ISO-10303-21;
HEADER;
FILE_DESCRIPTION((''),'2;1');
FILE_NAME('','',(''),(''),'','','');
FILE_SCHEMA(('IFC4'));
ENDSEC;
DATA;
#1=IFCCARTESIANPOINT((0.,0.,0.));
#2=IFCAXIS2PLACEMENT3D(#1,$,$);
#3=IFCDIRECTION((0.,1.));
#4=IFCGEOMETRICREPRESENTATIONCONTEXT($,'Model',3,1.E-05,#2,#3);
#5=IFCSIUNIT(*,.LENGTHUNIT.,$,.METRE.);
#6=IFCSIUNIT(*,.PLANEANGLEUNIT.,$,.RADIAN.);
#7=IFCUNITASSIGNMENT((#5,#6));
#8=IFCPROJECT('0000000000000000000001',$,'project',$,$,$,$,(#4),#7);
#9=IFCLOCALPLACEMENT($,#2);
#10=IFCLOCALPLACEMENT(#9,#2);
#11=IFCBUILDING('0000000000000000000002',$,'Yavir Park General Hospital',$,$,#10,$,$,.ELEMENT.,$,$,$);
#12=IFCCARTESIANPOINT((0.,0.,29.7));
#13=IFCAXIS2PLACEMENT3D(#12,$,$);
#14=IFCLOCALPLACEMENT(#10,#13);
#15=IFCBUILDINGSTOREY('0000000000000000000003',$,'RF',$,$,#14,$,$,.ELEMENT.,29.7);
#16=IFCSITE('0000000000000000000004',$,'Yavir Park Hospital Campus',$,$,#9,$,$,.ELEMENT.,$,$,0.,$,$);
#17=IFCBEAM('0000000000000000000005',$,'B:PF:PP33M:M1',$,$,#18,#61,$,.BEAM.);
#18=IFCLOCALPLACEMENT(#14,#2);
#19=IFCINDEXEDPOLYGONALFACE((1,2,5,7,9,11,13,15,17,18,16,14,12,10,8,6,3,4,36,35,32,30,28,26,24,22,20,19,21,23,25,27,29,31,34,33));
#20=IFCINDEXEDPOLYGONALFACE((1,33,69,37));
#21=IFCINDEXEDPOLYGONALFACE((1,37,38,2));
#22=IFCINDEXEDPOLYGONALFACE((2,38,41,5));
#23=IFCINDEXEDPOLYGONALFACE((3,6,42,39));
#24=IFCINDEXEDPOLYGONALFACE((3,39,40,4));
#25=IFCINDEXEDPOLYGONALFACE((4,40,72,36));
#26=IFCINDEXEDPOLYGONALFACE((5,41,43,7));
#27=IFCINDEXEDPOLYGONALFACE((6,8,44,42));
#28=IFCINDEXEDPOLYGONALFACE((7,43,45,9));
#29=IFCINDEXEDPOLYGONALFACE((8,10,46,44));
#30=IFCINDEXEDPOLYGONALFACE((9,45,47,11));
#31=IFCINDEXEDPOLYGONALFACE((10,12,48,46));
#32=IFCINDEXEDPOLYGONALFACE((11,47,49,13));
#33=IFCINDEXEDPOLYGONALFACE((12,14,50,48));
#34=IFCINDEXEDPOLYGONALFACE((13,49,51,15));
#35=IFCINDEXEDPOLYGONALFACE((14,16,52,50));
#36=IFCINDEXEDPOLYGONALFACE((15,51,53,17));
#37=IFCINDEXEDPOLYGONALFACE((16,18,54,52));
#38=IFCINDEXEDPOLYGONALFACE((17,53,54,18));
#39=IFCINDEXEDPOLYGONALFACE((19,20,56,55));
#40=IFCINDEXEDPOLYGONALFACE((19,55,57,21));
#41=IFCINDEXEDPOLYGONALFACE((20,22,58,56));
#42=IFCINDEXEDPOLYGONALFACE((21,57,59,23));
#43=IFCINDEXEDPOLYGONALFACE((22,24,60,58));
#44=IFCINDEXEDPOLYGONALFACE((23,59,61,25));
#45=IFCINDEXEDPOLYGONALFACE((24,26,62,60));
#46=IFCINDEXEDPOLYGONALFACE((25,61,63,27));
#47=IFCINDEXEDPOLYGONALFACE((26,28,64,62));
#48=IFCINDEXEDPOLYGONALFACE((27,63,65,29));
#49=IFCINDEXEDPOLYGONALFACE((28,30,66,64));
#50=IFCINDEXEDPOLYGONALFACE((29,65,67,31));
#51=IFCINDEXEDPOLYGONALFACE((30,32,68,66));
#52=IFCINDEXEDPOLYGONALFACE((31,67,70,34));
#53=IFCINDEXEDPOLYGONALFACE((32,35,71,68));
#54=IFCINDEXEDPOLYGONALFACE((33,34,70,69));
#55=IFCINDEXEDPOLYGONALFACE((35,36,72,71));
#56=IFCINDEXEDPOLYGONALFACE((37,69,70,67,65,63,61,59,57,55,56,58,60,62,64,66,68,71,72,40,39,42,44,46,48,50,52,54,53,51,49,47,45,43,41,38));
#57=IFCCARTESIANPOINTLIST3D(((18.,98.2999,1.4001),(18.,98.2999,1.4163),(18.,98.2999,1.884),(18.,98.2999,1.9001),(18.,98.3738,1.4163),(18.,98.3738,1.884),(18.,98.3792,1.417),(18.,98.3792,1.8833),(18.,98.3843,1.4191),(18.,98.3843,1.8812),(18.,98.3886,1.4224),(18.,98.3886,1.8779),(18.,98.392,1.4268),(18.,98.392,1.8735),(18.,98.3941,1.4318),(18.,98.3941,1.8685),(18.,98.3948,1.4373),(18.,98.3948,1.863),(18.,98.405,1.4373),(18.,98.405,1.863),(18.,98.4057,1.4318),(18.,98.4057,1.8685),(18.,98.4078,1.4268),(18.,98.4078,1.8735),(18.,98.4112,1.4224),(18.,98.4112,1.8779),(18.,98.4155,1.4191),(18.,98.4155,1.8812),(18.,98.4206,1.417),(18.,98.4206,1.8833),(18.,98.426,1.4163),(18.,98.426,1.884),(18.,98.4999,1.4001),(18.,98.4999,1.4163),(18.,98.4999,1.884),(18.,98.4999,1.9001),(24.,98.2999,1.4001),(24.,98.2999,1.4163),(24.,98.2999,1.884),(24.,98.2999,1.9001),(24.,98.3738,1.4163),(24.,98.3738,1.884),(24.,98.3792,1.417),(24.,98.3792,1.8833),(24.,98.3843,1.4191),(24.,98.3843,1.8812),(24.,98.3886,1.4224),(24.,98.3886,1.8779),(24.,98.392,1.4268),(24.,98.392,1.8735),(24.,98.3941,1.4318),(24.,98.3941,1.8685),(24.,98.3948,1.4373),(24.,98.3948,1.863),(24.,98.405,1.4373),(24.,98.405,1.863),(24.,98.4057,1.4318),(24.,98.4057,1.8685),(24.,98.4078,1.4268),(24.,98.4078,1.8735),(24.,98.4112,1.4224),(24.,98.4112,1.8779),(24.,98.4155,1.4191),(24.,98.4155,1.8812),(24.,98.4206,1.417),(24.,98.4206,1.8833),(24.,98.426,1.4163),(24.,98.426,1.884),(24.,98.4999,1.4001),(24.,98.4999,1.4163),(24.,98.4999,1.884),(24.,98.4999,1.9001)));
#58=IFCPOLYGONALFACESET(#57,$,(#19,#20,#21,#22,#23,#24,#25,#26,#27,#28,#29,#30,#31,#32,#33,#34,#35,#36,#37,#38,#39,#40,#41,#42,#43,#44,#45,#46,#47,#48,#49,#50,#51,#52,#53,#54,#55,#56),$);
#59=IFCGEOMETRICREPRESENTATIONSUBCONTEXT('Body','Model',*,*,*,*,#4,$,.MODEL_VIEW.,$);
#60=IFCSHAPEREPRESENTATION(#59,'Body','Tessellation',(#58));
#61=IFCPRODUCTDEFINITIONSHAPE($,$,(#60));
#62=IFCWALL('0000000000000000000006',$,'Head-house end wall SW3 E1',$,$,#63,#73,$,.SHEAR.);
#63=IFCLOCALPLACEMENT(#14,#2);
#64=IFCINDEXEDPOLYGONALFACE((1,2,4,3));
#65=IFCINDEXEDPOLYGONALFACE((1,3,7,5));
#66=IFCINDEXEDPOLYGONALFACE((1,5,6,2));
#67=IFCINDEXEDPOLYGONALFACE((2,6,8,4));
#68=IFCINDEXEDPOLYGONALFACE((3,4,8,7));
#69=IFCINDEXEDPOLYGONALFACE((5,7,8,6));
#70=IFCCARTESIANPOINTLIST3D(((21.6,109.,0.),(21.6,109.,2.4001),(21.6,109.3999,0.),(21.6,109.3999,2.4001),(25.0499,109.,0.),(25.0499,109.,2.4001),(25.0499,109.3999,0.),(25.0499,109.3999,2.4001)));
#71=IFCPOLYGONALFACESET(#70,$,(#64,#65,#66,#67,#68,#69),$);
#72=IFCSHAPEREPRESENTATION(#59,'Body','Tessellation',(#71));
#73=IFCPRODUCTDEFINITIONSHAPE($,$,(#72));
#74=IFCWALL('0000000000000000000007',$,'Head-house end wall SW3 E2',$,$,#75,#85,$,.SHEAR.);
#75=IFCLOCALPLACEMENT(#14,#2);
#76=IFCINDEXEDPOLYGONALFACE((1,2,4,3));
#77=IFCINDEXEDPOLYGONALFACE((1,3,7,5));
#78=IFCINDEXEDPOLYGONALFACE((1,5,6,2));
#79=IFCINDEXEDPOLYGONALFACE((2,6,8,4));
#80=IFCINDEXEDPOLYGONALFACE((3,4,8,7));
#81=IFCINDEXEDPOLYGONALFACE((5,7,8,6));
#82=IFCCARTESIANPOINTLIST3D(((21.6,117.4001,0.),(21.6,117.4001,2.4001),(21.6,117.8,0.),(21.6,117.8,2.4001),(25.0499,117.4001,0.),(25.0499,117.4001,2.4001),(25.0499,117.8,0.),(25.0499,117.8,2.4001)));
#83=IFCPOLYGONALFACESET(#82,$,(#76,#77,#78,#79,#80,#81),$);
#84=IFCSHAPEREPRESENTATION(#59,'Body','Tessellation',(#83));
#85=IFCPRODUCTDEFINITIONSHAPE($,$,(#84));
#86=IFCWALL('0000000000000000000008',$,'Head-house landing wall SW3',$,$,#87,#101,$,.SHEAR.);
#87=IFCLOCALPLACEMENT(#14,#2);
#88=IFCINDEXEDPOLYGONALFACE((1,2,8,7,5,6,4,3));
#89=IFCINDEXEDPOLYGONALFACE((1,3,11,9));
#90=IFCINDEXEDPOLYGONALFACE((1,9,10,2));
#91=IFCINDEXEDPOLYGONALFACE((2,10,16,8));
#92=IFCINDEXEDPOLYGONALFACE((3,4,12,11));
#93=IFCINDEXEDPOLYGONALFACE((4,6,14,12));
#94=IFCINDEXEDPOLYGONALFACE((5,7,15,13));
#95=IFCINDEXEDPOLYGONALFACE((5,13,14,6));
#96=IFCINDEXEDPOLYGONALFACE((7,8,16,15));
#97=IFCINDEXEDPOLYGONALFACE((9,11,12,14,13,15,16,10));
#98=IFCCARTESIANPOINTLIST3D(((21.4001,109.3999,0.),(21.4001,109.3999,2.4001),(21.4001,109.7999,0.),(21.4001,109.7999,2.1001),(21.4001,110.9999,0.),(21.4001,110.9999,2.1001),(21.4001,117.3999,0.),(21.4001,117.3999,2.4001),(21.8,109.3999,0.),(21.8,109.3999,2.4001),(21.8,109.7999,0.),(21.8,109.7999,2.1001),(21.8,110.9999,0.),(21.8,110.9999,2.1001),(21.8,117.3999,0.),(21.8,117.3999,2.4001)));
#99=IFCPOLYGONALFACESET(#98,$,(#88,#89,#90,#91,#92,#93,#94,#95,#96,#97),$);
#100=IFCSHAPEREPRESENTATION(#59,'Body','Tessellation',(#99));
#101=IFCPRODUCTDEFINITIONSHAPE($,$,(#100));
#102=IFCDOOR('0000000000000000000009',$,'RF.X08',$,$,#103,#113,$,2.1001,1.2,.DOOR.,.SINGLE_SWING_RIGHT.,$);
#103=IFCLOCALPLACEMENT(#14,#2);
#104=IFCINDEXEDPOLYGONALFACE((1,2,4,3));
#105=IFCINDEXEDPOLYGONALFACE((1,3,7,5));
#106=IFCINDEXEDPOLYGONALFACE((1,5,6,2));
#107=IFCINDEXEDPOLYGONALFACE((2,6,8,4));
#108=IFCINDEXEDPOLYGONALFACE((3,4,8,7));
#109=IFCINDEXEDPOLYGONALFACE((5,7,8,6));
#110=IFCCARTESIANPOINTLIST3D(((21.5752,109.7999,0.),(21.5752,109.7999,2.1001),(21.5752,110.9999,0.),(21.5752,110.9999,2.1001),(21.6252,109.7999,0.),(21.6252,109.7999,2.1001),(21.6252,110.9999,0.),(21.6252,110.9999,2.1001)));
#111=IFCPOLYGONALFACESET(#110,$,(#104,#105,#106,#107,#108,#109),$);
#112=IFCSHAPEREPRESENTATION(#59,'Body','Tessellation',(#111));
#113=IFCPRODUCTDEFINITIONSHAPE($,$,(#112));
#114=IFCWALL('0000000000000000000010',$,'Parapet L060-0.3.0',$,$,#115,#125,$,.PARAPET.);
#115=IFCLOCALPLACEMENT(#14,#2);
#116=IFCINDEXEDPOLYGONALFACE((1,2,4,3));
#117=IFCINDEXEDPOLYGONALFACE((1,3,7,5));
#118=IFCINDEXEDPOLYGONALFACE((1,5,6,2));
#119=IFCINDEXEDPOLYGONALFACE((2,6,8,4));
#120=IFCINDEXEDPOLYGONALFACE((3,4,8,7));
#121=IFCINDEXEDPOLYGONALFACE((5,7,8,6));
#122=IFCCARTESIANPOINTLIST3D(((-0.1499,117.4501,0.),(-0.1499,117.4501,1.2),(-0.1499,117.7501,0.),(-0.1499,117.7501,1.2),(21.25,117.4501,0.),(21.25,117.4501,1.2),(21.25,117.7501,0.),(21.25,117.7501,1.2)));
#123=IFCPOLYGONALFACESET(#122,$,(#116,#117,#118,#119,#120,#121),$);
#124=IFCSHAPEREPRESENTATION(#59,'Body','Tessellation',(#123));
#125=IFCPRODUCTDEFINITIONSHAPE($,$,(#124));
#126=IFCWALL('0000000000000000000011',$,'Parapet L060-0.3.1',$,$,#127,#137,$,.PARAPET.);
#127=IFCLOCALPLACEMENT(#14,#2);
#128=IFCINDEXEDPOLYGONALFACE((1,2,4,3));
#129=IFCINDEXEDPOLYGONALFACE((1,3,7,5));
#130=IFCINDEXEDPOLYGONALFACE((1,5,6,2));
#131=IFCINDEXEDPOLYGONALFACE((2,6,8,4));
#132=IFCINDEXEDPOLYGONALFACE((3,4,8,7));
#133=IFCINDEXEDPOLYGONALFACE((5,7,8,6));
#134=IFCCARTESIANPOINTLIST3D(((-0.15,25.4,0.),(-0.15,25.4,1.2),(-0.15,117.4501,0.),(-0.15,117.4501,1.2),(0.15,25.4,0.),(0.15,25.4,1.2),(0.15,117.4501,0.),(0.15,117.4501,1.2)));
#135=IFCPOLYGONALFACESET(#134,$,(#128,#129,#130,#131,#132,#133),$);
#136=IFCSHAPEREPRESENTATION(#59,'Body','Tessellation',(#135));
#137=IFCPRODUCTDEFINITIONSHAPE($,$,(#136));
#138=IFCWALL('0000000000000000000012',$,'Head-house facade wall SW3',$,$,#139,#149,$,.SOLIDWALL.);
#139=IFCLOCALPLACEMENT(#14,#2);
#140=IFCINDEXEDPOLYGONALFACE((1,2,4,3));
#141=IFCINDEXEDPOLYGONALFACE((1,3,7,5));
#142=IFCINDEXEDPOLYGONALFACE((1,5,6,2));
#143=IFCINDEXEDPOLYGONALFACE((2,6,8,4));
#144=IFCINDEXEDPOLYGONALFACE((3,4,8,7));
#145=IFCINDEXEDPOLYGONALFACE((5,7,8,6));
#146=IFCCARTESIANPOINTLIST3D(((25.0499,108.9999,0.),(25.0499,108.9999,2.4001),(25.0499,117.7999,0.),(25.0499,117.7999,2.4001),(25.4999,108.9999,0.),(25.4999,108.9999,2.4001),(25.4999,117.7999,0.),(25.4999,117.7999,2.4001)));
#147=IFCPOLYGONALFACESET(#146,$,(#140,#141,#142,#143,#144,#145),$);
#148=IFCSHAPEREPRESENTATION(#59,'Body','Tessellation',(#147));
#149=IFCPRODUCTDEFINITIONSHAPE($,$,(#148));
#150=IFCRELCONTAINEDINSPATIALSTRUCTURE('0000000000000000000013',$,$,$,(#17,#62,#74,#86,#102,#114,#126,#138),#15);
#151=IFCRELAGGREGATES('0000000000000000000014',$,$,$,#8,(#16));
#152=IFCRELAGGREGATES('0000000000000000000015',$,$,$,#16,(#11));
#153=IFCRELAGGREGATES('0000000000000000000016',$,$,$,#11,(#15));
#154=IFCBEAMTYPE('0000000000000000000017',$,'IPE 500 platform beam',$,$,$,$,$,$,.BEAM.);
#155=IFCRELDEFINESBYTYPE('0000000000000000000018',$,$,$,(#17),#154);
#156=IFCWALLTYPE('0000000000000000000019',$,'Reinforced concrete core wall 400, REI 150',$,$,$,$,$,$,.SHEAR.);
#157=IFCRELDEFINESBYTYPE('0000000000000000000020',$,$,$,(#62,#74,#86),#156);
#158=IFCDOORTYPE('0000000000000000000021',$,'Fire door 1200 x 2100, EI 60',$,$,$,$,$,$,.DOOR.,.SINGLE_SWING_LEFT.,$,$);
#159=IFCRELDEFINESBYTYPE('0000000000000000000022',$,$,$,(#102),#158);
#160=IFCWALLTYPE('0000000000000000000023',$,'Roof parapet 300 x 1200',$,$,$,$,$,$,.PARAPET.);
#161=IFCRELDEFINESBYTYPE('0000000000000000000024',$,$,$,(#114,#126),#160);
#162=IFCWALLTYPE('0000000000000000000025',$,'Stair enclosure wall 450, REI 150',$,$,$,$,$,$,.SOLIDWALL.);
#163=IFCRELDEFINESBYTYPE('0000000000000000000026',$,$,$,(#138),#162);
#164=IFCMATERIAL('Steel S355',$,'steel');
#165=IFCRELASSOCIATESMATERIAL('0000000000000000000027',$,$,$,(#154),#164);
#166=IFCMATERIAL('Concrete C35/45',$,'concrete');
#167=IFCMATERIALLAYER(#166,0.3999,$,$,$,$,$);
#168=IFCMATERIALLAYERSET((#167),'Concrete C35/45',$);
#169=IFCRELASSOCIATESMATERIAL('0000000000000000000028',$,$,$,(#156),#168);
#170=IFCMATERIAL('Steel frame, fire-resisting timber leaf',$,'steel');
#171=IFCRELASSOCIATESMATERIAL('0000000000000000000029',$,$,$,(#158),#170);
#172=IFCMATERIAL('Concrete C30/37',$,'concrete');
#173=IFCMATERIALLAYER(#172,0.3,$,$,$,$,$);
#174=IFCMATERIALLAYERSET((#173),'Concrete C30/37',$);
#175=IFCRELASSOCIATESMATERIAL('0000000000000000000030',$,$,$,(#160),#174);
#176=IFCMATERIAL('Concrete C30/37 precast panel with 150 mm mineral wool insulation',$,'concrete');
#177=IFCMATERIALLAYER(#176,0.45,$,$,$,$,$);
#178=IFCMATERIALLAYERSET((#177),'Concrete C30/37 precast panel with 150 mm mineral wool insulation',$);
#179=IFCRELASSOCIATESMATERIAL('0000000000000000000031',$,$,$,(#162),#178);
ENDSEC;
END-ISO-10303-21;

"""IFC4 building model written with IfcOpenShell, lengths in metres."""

from ifc_helpers import new_model, si_unit, direction, frame, frame_2d, origin, origin_2d, place, context, subcontext, project, spatial, rectangle, i_section, extrude, material, layer, layer_set, material_profile, profile_set, type_object, element, fill, save


model = new_model("IFC4")

# Units and contexts
model_context = context("Model", 3, precision=1e-05, world=origin(), true_north=direction((0.0, 1.0)))
body_context = subcontext(model_context, "Body", "Model", "MODEL_VIEW")
ifc_project = project(units=[si_unit("LENGTHUNIT", "METRE"), si_unit("PLANEANGLEUNIT", "RADIAN")], contexts=[model_context])

# Site, building, storey
site_placement = place(None, origin())
site = spatial("IfcSite", under=ifc_project, at=site_placement, Name="Yavir Park Hospital Campus", CompositionType="ELEMENT", RefElevation=0.0)
building_placement = place(site_placement, origin())
building = spatial("IfcBuilding", under=site, at=building_placement, Name="Yavir Park General Hospital", CompositionType="ELEMENT")
storey_placement = place(building_placement, frame((0.0, 0.0, 29.7)))
storey = spatial("IfcBuildingStorey", under=building, at=storey_placement, Name="RF", CompositionType="ELEMENT", Elevation=29.7)

# Beam
ifc_material_1 = material(Name="Steel S355", Category="steel")
ifc_material_profile_1 = material_profile(ifc_material_1, i_section(OverallWidth=0.2, OverallDepth=0.5, WebThickness=0.0103, FlangeThickness=0.0161, FilletRadius=0.021, at=origin_2d()), Name="IPE500")
ifc_profile_set_1 = profile_set([ifc_material_profile_1], Name="Steel S355")
beam_type_1 = type_object("IfcBeamType", Name="IPE 500 platform beam", PredefinedType="BEAM", material=ifc_profile_set_1)
for number, where, z_axis, x_axis, name in (
    (1, (18.0, 98.3999, 1.6501), (1.0, 0.0, 0.0), (0.0, 1.0, 0.0), "B:PF:PP33M:M1"),
):
    element("IfcBeam", number, at=place(storey_placement, frame(where, z_axis=z_axis, x_axis=x_axis)), inside=storey, type_object=beam_type_1, Name=name, PredefinedType="BEAM", context=body_context, shape_type="SweptSolid", body=[
        extrude(i_section(OverallWidth=0.2, OverallDepth=0.5, WebThickness=0.0103, FlangeThickness=0.0161, FilletRadius=0.021, at=origin_2d()), origin(), (0.0, 0.0, 1.0), 6.0),
    ])

# Walls
ifc_material_2 = material(Name="Concrete C35/45", Category="concrete")
ifc_layer_1 = layer(ifc_material_2, 0.3999)
ifc_layer_set_1 = layer_set([ifc_layer_1], Name="Concrete C35/45")
wall_type_1 = type_object("IfcWallType", Name="Reinforced concrete core wall 400, REI 150", PredefinedType="SHEAR", material=ifc_layer_set_1)
for number, where, z_axis, x_axis, name in (
    (2, (25.05, 109.2, 0.0), (0.0, 0.0, 1.0), (-1.0, 0.0, 0.0), "Head-house end wall SW3 E1"),
    (3, (25.05, 117.6001, 0.0), (0.0, 0.0, 1.0), (-1.0, 0.0, 0.0), "Head-house end wall SW3 E2"),
):
    element("IfcWall", number, at=place(storey_placement, frame(where, z_axis=z_axis, x_axis=x_axis)), inside=storey, type_object=wall_type_1, Name=name, PredefinedType="SHEAR", context=body_context, shape_type="SweptSolid", body=[
        extrude(rectangle(XDim=3.45, YDim=0.3999, at=frame_2d((1.7251, 0.0))), origin(), (0.0, 0.0, 1.0), 2.4001),
    ])

# Wall, opening, door
wall_1_placement = place(storey_placement, frame((21.6001, 109.3999, 0.0), z_axis=(0.0, 0.0, 1.0), x_axis=(0.0, 1.0, 0.0)))
wall_1 = element("IfcWall", 4, at=wall_1_placement, inside=storey, type_object=wall_type_1, Name="Head-house landing wall SW3", PredefinedType="SHEAR", context=body_context, shape_type="SweptSolid", body=[
    extrude(rectangle(XDim=8.0, YDim=0.3999, at=frame_2d((4.0, 0.0))), origin(), (0.0, 0.0, 1.0), 2.4001),
])
opening_placement = place(wall_1_placement, frame((0.3999, 0.0, 0.0)))
opening = element("IfcOpeningElement", 5, at=opening_placement, cuts=wall_1, PredefinedType="OPENING", context=body_context, shape_type="SweptSolid", body=[
    extrude(rectangle(XDim=1.2, YDim=2.1001, at=frame_2d((0.6001, 1.05))), frame((0.0, 0.21, 0.0), z_axis=(0.0, -1.0, 0.0), x_axis=(1.0, 0.0, 0.0)), (0.0, 0.0, 1.0), 0.4199),
])
ifc_material_3 = material(Name="Steel frame, fire-resisting timber leaf", Category="steel")
door_type = type_object("IfcDoorType", Name="Fire door 1200 x 2100, EI 60", OperationType="SINGLE_SWING_LEFT", PredefinedType="DOOR", material=ifc_material_3)
door_placement = place(opening_placement, origin())
door = element("IfcDoor", 6, at=door_placement, inside=storey, type_object=door_type, Name="RF.X08", OperationType="SINGLE_SWING_RIGHT", OverallHeight=2.1001, OverallWidth=1.2, PredefinedType="DOOR", context=body_context, shape_type="SweptSolid", body=[
    extrude(rectangle(XDim=1.2, YDim=2.1001, at=frame_2d((0.6001, 1.05))), frame((0.0, 0.0249, 0.0), z_axis=(0.0, -1.0, 0.0), x_axis=(1.0, 0.0, 0.0)), (0.0, 0.0, 1.0), 0.05),
])
fill(opening, door)

# Walls
ifc_material_4 = material(Name="Concrete C30/37", Category="concrete")
ifc_layer_2 = layer(ifc_material_4, 0.3)
ifc_layer_set_2 = layer_set([ifc_layer_2], Name="Concrete C30/37")
wall_type_2 = type_object("IfcWallType", Name="Roof parapet 300 x 1200", PredefinedType="PARAPET", material=ifc_layer_set_2)
wall_2_placement = place(storey_placement, frame((21.25, 117.6001, 0.0), z_axis=(0.0, 0.0, 1.0), x_axis=(-1.0, 0.0, 0.0)))
element("IfcWall", 7, at=wall_2_placement, inside=storey, type_object=wall_type_2, Name="Parapet L060-0.3.0", PredefinedType="PARAPET", context=body_context, shape_type="SweptSolid", body=[
    extrude(rectangle(XDim=21.3999, YDim=0.3, at=frame_2d((10.7, 0.0))), origin(), (0.0, 0.0, 1.0), 1.2),
])
wall_3_placement = place(storey_placement, frame((0.0, 117.45, 0.0), z_axis=(0.0, 0.0, 1.0), x_axis=(0.0, -1.0, 0.0)))
element("IfcWall", 8, at=wall_3_placement, inside=storey, type_object=wall_type_2, Name="Parapet L060-0.3.1", PredefinedType="PARAPET", context=body_context, shape_type="SweptSolid", body=[
    extrude(rectangle(XDim=92.05, YDim=0.3, at=frame_2d((46.0249, 0.0))), origin(), (0.0, 0.0, 1.0), 1.2),
])
ifc_material_5 = material(Name="Concrete C30/37 precast panel with 150 mm mineral wool insulation", Category="concrete")
ifc_layer_3 = layer(ifc_material_5, 0.45)
ifc_layer_set_3 = layer_set([ifc_layer_3], Name="Concrete C30/37 precast panel with 150 mm mineral wool insulation")
wall_type_3 = type_object("IfcWallType", Name="Stair enclosure wall 450, REI 150", PredefinedType="SOLIDWALL", material=ifc_layer_set_3)
wall_4_placement = place(storey_placement, frame((25.2749, 109.0, 0.0), z_axis=(0.0, 0.0, 1.0), x_axis=(0.0, 1.0, 0.0)))
element("IfcWall", 9, at=wall_4_placement, inside=storey, type_object=wall_type_3, Name="Head-house facade wall SW3", PredefinedType="SOLIDWALL", context=body_context, shape_type="SweptSolid", body=[
    extrude(rectangle(XDim=8.8, YDim=0.45, at=frame_2d((4.3999, 0.0))), origin(), (0.0, 0.0, 1.0), 2.4001),
])

save(model, "model.ifc")
